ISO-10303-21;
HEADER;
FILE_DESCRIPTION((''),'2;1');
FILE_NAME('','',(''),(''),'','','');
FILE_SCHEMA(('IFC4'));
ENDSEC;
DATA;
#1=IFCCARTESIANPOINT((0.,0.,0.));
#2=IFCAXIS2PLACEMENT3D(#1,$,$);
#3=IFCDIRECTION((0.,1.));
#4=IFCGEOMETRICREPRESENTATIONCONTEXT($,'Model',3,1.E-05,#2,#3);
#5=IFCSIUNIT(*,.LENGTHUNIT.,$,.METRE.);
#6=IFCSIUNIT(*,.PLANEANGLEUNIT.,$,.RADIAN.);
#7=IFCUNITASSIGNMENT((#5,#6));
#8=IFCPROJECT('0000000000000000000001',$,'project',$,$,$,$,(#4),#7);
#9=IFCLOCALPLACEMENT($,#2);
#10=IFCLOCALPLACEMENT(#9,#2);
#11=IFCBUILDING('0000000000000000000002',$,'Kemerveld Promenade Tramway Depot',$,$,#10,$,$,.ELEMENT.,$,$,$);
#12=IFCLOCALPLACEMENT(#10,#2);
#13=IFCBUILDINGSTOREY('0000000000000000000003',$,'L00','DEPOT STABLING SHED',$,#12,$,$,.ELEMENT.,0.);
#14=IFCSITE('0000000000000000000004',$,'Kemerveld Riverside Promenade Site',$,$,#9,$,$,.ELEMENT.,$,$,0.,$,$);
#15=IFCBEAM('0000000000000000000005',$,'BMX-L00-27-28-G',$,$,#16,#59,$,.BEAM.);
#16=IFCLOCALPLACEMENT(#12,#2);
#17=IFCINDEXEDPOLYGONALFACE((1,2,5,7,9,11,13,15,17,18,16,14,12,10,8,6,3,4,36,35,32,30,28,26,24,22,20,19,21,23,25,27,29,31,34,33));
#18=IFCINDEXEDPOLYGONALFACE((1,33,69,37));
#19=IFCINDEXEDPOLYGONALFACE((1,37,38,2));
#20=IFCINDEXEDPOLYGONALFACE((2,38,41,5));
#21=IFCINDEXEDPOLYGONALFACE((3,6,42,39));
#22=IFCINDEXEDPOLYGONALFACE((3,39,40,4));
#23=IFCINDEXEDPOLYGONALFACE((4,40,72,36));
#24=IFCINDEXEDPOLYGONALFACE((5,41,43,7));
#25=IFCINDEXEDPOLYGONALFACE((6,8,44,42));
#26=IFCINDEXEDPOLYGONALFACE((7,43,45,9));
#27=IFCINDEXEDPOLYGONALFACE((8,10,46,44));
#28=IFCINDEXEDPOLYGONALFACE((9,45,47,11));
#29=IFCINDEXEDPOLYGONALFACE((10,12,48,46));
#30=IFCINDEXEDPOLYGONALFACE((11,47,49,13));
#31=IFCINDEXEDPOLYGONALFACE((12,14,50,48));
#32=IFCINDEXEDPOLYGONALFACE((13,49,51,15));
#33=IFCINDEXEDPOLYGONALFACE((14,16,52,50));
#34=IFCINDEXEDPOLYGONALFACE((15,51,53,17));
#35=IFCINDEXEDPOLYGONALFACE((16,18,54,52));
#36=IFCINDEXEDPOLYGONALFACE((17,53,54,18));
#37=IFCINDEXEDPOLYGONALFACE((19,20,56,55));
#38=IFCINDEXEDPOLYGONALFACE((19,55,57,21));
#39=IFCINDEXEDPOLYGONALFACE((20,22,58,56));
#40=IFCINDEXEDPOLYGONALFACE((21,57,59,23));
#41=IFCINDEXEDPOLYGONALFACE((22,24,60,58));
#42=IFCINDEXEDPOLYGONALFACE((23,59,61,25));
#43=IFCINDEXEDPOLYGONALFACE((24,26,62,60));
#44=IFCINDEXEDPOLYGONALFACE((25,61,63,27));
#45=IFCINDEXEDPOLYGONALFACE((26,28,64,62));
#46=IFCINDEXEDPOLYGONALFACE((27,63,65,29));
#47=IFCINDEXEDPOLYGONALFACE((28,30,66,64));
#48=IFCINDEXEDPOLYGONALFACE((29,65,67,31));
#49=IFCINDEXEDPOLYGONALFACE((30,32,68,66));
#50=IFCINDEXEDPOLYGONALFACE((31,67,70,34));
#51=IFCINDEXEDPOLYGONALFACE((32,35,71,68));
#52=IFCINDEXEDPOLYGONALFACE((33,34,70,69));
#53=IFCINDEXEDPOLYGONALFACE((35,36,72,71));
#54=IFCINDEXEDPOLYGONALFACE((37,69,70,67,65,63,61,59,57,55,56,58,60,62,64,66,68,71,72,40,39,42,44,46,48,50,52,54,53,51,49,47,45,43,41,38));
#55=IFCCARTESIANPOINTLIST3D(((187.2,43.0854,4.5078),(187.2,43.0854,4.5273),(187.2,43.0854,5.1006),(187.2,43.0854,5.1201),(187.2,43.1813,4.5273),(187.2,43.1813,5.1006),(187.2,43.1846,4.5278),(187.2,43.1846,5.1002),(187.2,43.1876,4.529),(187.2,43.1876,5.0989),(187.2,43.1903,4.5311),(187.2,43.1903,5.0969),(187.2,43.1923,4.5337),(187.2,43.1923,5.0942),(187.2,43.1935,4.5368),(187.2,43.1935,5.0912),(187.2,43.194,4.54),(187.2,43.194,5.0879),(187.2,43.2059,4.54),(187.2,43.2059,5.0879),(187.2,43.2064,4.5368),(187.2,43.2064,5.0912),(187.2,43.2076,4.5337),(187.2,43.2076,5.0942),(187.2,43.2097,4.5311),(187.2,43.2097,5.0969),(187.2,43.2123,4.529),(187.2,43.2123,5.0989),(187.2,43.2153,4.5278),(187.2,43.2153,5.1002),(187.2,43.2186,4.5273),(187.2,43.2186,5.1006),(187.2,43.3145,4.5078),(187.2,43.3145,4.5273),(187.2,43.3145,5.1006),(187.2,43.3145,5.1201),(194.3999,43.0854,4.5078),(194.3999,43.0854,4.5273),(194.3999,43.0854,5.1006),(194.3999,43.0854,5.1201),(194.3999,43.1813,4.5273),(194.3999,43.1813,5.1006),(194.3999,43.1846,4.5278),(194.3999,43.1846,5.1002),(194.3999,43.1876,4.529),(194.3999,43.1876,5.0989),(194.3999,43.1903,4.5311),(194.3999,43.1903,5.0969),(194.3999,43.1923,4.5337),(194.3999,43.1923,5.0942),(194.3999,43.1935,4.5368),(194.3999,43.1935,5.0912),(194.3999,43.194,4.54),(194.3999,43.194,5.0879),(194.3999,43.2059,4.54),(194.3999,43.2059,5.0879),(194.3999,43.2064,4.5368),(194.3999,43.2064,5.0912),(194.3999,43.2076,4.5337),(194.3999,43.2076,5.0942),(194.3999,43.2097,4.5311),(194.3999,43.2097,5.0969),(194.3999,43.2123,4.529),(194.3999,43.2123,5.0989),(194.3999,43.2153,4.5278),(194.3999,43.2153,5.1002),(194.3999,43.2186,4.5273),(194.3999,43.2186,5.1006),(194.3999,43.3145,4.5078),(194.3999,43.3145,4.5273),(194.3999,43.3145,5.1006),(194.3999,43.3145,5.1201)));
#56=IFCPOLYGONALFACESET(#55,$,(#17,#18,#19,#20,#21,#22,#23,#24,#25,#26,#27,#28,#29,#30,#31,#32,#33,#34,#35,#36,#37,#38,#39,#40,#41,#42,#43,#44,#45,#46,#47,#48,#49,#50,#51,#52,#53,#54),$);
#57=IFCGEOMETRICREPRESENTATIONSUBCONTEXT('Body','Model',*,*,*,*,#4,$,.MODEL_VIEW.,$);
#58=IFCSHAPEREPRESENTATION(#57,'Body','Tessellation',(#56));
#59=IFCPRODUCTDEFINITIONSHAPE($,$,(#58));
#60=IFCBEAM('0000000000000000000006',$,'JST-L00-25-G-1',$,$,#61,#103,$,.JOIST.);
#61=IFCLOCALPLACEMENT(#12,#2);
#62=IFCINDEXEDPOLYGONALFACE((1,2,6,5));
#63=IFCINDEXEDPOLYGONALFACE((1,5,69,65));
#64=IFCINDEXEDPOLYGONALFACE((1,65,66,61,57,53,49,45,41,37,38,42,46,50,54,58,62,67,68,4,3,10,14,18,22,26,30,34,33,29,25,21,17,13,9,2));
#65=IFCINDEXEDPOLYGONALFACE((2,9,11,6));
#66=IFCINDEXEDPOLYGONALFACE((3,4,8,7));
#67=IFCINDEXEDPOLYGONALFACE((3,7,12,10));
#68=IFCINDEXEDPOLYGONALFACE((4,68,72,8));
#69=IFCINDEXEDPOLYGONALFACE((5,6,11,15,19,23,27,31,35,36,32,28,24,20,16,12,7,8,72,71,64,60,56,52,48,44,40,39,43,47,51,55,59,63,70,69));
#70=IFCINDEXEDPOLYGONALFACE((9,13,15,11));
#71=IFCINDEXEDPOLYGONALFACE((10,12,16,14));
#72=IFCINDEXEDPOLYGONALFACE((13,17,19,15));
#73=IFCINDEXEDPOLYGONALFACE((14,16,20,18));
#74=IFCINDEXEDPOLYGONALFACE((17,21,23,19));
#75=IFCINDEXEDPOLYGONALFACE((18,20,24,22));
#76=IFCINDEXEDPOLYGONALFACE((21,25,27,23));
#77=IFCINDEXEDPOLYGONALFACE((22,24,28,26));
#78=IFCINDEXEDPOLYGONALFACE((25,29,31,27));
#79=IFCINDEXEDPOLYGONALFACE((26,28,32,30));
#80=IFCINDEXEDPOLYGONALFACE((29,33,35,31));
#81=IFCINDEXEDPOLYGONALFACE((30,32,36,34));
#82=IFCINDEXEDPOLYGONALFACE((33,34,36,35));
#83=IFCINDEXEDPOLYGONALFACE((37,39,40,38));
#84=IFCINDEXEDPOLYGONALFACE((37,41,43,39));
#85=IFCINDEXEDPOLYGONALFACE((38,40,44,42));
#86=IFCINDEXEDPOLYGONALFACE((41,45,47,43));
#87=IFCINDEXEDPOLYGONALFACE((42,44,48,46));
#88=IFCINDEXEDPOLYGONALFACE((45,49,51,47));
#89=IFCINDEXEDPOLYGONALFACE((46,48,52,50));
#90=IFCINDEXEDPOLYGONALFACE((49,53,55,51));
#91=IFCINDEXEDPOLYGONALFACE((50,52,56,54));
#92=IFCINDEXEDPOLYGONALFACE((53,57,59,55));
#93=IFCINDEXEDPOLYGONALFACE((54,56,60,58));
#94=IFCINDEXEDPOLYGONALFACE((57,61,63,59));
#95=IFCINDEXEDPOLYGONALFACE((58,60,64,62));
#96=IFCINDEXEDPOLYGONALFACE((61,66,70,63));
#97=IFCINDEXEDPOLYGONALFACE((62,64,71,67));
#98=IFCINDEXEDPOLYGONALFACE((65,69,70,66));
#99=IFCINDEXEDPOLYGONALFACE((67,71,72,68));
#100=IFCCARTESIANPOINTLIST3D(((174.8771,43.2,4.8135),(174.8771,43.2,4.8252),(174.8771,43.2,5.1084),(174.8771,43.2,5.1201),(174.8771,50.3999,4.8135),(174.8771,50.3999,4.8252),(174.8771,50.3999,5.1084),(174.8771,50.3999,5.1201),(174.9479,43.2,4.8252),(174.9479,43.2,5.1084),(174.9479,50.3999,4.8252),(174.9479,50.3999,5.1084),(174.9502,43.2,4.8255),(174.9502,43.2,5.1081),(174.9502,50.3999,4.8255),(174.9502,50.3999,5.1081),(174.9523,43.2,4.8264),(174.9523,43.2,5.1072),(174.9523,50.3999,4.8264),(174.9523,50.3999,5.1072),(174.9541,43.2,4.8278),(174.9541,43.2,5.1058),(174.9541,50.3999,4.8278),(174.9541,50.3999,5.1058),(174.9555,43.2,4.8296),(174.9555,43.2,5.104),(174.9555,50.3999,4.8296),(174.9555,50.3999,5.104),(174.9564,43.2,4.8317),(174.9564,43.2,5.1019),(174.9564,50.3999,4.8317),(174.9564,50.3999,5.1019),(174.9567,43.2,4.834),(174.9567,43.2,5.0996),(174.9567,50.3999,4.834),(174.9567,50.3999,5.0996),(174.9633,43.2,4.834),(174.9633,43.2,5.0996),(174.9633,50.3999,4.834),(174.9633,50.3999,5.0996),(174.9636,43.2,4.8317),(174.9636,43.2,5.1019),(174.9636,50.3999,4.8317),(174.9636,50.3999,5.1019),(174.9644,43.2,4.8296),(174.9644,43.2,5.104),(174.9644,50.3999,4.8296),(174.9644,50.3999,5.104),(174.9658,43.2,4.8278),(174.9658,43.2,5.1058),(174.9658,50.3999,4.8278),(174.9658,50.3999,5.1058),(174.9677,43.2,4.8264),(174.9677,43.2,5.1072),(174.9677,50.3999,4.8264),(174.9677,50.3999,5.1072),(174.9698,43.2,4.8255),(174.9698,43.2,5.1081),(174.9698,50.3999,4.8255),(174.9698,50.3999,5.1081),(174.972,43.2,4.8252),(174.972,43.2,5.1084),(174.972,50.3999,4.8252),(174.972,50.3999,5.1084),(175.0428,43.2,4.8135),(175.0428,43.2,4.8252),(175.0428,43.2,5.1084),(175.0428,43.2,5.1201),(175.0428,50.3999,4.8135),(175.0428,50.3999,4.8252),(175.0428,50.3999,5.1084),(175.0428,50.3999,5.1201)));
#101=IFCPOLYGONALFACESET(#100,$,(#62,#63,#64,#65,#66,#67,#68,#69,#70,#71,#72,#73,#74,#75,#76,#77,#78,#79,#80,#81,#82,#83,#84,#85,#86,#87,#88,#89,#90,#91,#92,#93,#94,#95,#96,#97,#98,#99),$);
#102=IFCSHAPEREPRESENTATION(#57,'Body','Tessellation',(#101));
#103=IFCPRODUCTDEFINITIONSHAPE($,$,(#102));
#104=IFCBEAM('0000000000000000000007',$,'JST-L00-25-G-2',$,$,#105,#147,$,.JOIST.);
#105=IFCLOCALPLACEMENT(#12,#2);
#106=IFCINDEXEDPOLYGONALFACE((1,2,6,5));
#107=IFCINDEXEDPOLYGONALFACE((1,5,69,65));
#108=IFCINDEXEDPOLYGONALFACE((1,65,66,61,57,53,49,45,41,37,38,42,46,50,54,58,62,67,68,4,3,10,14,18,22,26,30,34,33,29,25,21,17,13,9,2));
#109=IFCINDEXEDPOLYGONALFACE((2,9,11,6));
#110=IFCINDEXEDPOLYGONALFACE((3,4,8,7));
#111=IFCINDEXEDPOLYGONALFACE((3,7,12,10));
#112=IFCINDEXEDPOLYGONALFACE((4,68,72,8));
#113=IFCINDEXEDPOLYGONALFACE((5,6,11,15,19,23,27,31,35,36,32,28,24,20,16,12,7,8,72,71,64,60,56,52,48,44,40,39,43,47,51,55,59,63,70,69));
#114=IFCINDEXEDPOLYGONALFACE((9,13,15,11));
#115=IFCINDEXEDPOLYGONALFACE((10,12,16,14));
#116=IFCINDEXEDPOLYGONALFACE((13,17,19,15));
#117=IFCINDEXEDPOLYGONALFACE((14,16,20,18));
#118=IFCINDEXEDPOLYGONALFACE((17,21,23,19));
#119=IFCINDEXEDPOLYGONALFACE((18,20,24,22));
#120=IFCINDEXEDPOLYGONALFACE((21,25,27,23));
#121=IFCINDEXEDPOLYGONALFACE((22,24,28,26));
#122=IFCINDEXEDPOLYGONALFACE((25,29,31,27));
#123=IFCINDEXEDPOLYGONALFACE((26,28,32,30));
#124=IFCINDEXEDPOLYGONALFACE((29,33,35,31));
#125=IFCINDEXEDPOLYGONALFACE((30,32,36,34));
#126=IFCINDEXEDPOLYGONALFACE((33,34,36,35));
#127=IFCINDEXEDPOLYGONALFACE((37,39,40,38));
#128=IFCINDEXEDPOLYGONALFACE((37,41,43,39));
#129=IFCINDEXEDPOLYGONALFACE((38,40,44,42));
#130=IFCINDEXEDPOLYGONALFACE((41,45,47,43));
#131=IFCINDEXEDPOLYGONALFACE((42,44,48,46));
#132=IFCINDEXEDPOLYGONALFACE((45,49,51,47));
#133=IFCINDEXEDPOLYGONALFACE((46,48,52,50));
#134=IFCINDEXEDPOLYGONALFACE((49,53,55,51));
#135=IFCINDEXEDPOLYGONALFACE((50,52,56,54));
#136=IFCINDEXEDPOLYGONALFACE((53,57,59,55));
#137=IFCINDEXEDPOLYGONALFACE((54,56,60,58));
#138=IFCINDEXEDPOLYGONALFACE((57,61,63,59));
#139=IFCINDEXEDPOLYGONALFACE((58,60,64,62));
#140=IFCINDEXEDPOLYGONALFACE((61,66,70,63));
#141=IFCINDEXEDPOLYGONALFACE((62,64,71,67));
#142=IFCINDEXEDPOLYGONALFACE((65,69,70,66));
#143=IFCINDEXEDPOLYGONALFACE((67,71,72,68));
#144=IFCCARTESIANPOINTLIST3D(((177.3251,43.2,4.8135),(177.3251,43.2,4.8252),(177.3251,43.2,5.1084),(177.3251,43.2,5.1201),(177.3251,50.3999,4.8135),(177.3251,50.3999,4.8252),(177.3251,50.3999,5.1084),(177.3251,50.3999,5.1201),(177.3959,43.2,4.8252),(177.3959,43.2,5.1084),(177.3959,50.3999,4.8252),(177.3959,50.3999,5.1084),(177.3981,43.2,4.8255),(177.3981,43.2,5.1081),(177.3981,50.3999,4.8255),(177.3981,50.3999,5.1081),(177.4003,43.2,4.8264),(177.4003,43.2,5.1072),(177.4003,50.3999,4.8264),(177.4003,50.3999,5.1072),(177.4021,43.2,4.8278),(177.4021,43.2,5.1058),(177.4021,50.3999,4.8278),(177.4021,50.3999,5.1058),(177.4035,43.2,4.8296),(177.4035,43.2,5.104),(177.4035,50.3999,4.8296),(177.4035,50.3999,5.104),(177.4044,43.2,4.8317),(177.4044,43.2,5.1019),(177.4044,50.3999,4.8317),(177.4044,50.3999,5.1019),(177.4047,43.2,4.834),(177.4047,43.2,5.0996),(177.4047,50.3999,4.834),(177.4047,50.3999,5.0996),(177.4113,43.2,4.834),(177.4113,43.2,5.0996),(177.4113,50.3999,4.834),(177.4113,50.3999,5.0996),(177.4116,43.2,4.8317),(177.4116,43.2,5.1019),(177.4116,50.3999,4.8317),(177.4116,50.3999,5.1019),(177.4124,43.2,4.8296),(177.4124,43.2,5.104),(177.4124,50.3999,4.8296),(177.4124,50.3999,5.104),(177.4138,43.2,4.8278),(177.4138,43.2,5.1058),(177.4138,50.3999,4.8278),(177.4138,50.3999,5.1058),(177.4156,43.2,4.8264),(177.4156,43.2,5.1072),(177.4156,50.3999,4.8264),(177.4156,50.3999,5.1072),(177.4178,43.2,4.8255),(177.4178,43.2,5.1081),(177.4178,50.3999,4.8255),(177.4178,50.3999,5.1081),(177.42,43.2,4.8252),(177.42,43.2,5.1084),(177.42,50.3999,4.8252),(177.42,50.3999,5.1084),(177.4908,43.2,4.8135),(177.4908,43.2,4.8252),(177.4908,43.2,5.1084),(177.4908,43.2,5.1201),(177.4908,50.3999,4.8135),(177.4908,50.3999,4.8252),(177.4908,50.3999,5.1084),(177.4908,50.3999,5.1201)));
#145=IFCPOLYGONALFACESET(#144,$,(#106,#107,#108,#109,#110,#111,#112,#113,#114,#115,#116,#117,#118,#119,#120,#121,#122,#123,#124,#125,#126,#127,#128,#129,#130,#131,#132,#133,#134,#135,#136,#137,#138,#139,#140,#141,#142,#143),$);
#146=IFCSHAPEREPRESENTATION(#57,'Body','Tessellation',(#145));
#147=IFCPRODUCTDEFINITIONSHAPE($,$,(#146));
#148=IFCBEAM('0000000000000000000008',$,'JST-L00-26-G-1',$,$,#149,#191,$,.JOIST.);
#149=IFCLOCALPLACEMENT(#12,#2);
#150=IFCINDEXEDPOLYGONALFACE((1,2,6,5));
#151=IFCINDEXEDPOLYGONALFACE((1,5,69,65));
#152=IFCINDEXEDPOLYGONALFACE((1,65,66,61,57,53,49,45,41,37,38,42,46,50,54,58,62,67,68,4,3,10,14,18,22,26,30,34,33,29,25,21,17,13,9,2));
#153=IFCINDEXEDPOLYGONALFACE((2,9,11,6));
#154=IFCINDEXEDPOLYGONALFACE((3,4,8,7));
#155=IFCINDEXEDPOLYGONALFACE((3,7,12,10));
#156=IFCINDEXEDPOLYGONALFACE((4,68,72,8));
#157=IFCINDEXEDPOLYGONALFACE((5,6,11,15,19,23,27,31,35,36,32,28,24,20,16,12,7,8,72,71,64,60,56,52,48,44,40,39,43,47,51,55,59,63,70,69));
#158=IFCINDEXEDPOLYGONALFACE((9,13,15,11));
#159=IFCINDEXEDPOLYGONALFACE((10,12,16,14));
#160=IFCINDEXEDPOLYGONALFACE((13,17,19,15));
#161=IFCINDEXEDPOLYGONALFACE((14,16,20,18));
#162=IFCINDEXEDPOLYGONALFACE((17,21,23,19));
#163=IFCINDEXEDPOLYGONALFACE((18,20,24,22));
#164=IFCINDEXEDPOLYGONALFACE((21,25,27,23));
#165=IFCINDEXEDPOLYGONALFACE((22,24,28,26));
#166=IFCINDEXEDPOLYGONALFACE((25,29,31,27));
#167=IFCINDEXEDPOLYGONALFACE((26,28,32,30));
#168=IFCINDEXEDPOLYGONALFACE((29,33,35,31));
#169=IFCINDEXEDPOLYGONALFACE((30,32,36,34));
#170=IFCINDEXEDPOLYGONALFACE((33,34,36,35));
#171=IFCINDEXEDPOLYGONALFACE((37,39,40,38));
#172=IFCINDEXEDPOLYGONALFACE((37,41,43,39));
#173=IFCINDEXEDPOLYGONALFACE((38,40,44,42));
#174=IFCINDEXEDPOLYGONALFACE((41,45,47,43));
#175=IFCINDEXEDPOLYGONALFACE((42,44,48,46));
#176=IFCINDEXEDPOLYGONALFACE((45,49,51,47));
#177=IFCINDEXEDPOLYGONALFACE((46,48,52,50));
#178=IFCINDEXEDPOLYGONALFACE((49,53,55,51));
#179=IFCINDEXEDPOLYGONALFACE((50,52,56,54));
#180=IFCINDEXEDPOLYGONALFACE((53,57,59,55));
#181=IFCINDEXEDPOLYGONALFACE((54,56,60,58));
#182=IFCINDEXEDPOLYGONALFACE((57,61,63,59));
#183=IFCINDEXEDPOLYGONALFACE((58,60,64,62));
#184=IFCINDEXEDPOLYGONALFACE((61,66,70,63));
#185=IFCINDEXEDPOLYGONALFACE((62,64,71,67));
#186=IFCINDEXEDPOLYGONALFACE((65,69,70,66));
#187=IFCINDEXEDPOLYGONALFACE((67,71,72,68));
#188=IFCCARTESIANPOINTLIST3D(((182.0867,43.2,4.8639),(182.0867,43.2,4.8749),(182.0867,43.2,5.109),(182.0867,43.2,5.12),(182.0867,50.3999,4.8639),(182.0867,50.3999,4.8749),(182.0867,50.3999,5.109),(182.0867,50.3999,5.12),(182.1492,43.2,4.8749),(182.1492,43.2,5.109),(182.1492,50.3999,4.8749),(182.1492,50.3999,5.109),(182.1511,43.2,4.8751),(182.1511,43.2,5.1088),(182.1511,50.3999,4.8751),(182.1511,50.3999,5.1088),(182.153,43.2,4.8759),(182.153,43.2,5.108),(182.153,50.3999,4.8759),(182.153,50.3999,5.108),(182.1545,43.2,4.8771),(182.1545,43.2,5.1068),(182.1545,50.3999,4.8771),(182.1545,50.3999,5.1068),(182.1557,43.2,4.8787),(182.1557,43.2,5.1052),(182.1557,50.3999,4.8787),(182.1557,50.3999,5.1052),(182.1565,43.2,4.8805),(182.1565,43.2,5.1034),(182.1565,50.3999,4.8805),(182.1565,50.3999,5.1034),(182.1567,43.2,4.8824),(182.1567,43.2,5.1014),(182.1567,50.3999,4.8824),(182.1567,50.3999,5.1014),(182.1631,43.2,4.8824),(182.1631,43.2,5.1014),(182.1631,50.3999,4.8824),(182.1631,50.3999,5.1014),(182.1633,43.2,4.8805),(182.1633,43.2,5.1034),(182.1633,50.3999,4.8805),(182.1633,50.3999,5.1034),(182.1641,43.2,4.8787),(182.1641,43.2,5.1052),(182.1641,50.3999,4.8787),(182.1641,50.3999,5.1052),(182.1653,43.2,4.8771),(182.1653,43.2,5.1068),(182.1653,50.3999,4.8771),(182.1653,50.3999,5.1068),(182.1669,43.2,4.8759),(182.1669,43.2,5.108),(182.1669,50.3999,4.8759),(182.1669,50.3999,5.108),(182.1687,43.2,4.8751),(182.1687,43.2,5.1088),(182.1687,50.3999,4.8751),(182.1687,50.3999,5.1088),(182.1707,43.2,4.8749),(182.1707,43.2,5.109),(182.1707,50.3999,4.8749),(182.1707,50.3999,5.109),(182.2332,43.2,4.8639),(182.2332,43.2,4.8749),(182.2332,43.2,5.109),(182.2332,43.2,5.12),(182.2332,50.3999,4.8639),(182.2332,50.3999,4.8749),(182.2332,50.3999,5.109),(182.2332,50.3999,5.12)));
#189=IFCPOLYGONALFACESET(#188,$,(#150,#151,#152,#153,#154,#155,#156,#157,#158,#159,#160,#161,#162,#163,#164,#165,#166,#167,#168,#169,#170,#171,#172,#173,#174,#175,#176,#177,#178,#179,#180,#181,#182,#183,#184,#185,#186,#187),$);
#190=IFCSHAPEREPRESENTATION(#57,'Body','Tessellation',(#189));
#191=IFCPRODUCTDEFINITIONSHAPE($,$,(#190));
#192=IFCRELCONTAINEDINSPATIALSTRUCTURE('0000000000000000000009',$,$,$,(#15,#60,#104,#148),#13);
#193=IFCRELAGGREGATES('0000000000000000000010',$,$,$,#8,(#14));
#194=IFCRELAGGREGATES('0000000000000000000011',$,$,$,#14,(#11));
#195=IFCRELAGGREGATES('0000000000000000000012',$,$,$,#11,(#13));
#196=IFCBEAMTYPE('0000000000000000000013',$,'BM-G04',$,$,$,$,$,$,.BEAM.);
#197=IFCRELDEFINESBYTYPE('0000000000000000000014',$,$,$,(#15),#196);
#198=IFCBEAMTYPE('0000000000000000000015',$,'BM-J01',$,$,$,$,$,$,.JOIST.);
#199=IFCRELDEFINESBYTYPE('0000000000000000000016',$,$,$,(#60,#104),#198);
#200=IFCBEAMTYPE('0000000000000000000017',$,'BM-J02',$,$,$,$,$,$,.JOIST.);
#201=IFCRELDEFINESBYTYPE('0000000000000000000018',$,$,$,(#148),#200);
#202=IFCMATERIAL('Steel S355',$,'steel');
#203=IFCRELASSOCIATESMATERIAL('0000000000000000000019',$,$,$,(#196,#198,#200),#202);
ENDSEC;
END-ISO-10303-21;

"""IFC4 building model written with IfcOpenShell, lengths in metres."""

from ifc_helpers import new_model, si_unit, direction, frame, origin, origin_2d, place, context, subcontext, project, spatial, i_section, extrude, material, material_profile, profile_set, type_object, element, save


model = new_model("IFC4")

# Units and contexts
model_context = context("Model", 3, precision=1e-05, world=origin(), true_north=direction((0.0, 1.0)))
body_context = subcontext(model_context, "Body", "Model", "MODEL_VIEW")
ifc_project = project(units=[si_unit("LENGTHUNIT", "METRE"), si_unit("PLANEANGLEUNIT", "RADIAN")], contexts=[model_context])

# Site, building, storey
site_placement = place(None, origin())
site = spatial("IfcSite", under=ifc_project, at=site_placement, Name="Kemerveld Riverside Promenade Site", CompositionType="ELEMENT", RefElevation=0.0)
building_placement = place(site_placement, origin())
building = spatial("IfcBuilding", under=site, at=building_placement, Name="Kemerveld Promenade Tramway Depot", CompositionType="ELEMENT")
storey_placement = place(building_placement, origin())
storey = spatial("IfcBuildingStorey", under=building, at=storey_placement, Name="L00", Description="DEPOT STABLING SHED", CompositionType="ELEMENT", Elevation=0.0)

# Shared definitions
ifc_material_1 = material(Name="Steel S355", Category="steel")

# Beams
ifc_material_profile_1 = material_profile(ifc_material_1, i_section(OverallWidth=0.229, OverallDepth=0.6123, WebThickness=0.012, FlangeThickness=0.0195, FilletRadius=0.0127, at=origin_2d()), Name="610x229x125 UB")
ifc_profile_set_1 = profile_set([ifc_material_profile_1], Name="Steel S355")
beam_type_1 = type_object("IfcBeamType", Name="BM-G04", PredefinedType="BEAM", material=ifc_profile_set_1)
for number, where, z_axis, x_axis, name in (
    (1, (187.2, 43.2, 4.814), (1.0, 0.0, 0.0), (0.0, 1.0, 0.0), "BMX-L00-27-28-G"),
):
    element("IfcBeam", number, at=place(storey_placement, frame(where, z_axis=z_axis, x_axis=x_axis)), inside=storey, type_object=beam_type_1, Name=name, PredefinedType="BEAM", context=body_context, shape_type="SweptSolid", body=[
        extrude(i_section(OverallWidth=0.229, OverallDepth=0.6123, WebThickness=0.012, FlangeThickness=0.0195, FilletRadius=0.0127, at=origin_2d()), origin(), (0.0, 0.0, 1.0), 7.2),
    ])
ifc_material_profile_2 = material_profile(ifc_material_1, i_section(OverallWidth=0.1658, OverallDepth=0.3066, WebThickness=0.0066, FlangeThickness=0.0117, FilletRadius=0.0088, at=origin_2d()), Name="305x165x46 UB")
ifc_profile_set_2 = profile_set([ifc_material_profile_2], Name="Steel S355")
beam_type_2 = type_object("IfcBeamType", Name="BM-J01", PredefinedType="JOIST", material=ifc_profile_set_2)
for number, where, z_axis, x_axis, name in (
    (2, (174.96, 43.2, 4.9668), (0.0, 1.0, 0.0), (-1.0, 0.0, 0.0), "JST-L00-25-G-1"),
    (3, (177.408, 43.2, 4.9668), (0.0, 1.0, 0.0), (-1.0, 0.0, 0.0), "JST-L00-25-G-2"),
):
    element("IfcBeam", number, at=place(storey_placement, frame(where, z_axis=z_axis, x_axis=x_axis)), inside=storey, type_object=beam_type_2, Name=name, PredefinedType="JOIST", context=body_context, shape_type="SweptSolid", body=[
        extrude(i_section(OverallWidth=0.1658, OverallDepth=0.3066, WebThickness=0.0066, FlangeThickness=0.0117, FilletRadius=0.0088, at=origin_2d()), origin(), (0.0, 0.0, 1.0), 7.2),
    ])
ifc_material_profile_3 = material_profile(ifc_material_1, i_section(OverallWidth=0.1465, OverallDepth=0.2561, WebThickness=0.0063, FlangeThickness=0.011, FilletRadius=0.0076, at=origin_2d()), Name="254x146x37 UB")
ifc_profile_set_3 = profile_set([ifc_material_profile_3], Name="Steel S355")
beam_type_3 = type_object("IfcBeamType", Name="BM-J02", PredefinedType="JOIST", material=ifc_profile_set_3)
for number, where, z_axis, x_axis, name in (
    (4, (182.1599, 43.2, 4.9919), (0.0, 1.0, 0.0), (-1.0, 0.0, 0.0), "JST-L00-26-G-1"),
):
    element("IfcBeam", number, at=place(storey_placement, frame(where, z_axis=z_axis, x_axis=x_axis)), inside=storey, type_object=beam_type_3, Name=name, PredefinedType="JOIST", context=body_context, shape_type="SweptSolid", body=[
        extrude(i_section(OverallWidth=0.1465, OverallDepth=0.2561, WebThickness=0.0063, FlangeThickness=0.011, FilletRadius=0.0076, at=origin_2d()), origin(), (0.0, 0.0, 1.0), 7.2),
    ])

save(model, "model.ifc")
